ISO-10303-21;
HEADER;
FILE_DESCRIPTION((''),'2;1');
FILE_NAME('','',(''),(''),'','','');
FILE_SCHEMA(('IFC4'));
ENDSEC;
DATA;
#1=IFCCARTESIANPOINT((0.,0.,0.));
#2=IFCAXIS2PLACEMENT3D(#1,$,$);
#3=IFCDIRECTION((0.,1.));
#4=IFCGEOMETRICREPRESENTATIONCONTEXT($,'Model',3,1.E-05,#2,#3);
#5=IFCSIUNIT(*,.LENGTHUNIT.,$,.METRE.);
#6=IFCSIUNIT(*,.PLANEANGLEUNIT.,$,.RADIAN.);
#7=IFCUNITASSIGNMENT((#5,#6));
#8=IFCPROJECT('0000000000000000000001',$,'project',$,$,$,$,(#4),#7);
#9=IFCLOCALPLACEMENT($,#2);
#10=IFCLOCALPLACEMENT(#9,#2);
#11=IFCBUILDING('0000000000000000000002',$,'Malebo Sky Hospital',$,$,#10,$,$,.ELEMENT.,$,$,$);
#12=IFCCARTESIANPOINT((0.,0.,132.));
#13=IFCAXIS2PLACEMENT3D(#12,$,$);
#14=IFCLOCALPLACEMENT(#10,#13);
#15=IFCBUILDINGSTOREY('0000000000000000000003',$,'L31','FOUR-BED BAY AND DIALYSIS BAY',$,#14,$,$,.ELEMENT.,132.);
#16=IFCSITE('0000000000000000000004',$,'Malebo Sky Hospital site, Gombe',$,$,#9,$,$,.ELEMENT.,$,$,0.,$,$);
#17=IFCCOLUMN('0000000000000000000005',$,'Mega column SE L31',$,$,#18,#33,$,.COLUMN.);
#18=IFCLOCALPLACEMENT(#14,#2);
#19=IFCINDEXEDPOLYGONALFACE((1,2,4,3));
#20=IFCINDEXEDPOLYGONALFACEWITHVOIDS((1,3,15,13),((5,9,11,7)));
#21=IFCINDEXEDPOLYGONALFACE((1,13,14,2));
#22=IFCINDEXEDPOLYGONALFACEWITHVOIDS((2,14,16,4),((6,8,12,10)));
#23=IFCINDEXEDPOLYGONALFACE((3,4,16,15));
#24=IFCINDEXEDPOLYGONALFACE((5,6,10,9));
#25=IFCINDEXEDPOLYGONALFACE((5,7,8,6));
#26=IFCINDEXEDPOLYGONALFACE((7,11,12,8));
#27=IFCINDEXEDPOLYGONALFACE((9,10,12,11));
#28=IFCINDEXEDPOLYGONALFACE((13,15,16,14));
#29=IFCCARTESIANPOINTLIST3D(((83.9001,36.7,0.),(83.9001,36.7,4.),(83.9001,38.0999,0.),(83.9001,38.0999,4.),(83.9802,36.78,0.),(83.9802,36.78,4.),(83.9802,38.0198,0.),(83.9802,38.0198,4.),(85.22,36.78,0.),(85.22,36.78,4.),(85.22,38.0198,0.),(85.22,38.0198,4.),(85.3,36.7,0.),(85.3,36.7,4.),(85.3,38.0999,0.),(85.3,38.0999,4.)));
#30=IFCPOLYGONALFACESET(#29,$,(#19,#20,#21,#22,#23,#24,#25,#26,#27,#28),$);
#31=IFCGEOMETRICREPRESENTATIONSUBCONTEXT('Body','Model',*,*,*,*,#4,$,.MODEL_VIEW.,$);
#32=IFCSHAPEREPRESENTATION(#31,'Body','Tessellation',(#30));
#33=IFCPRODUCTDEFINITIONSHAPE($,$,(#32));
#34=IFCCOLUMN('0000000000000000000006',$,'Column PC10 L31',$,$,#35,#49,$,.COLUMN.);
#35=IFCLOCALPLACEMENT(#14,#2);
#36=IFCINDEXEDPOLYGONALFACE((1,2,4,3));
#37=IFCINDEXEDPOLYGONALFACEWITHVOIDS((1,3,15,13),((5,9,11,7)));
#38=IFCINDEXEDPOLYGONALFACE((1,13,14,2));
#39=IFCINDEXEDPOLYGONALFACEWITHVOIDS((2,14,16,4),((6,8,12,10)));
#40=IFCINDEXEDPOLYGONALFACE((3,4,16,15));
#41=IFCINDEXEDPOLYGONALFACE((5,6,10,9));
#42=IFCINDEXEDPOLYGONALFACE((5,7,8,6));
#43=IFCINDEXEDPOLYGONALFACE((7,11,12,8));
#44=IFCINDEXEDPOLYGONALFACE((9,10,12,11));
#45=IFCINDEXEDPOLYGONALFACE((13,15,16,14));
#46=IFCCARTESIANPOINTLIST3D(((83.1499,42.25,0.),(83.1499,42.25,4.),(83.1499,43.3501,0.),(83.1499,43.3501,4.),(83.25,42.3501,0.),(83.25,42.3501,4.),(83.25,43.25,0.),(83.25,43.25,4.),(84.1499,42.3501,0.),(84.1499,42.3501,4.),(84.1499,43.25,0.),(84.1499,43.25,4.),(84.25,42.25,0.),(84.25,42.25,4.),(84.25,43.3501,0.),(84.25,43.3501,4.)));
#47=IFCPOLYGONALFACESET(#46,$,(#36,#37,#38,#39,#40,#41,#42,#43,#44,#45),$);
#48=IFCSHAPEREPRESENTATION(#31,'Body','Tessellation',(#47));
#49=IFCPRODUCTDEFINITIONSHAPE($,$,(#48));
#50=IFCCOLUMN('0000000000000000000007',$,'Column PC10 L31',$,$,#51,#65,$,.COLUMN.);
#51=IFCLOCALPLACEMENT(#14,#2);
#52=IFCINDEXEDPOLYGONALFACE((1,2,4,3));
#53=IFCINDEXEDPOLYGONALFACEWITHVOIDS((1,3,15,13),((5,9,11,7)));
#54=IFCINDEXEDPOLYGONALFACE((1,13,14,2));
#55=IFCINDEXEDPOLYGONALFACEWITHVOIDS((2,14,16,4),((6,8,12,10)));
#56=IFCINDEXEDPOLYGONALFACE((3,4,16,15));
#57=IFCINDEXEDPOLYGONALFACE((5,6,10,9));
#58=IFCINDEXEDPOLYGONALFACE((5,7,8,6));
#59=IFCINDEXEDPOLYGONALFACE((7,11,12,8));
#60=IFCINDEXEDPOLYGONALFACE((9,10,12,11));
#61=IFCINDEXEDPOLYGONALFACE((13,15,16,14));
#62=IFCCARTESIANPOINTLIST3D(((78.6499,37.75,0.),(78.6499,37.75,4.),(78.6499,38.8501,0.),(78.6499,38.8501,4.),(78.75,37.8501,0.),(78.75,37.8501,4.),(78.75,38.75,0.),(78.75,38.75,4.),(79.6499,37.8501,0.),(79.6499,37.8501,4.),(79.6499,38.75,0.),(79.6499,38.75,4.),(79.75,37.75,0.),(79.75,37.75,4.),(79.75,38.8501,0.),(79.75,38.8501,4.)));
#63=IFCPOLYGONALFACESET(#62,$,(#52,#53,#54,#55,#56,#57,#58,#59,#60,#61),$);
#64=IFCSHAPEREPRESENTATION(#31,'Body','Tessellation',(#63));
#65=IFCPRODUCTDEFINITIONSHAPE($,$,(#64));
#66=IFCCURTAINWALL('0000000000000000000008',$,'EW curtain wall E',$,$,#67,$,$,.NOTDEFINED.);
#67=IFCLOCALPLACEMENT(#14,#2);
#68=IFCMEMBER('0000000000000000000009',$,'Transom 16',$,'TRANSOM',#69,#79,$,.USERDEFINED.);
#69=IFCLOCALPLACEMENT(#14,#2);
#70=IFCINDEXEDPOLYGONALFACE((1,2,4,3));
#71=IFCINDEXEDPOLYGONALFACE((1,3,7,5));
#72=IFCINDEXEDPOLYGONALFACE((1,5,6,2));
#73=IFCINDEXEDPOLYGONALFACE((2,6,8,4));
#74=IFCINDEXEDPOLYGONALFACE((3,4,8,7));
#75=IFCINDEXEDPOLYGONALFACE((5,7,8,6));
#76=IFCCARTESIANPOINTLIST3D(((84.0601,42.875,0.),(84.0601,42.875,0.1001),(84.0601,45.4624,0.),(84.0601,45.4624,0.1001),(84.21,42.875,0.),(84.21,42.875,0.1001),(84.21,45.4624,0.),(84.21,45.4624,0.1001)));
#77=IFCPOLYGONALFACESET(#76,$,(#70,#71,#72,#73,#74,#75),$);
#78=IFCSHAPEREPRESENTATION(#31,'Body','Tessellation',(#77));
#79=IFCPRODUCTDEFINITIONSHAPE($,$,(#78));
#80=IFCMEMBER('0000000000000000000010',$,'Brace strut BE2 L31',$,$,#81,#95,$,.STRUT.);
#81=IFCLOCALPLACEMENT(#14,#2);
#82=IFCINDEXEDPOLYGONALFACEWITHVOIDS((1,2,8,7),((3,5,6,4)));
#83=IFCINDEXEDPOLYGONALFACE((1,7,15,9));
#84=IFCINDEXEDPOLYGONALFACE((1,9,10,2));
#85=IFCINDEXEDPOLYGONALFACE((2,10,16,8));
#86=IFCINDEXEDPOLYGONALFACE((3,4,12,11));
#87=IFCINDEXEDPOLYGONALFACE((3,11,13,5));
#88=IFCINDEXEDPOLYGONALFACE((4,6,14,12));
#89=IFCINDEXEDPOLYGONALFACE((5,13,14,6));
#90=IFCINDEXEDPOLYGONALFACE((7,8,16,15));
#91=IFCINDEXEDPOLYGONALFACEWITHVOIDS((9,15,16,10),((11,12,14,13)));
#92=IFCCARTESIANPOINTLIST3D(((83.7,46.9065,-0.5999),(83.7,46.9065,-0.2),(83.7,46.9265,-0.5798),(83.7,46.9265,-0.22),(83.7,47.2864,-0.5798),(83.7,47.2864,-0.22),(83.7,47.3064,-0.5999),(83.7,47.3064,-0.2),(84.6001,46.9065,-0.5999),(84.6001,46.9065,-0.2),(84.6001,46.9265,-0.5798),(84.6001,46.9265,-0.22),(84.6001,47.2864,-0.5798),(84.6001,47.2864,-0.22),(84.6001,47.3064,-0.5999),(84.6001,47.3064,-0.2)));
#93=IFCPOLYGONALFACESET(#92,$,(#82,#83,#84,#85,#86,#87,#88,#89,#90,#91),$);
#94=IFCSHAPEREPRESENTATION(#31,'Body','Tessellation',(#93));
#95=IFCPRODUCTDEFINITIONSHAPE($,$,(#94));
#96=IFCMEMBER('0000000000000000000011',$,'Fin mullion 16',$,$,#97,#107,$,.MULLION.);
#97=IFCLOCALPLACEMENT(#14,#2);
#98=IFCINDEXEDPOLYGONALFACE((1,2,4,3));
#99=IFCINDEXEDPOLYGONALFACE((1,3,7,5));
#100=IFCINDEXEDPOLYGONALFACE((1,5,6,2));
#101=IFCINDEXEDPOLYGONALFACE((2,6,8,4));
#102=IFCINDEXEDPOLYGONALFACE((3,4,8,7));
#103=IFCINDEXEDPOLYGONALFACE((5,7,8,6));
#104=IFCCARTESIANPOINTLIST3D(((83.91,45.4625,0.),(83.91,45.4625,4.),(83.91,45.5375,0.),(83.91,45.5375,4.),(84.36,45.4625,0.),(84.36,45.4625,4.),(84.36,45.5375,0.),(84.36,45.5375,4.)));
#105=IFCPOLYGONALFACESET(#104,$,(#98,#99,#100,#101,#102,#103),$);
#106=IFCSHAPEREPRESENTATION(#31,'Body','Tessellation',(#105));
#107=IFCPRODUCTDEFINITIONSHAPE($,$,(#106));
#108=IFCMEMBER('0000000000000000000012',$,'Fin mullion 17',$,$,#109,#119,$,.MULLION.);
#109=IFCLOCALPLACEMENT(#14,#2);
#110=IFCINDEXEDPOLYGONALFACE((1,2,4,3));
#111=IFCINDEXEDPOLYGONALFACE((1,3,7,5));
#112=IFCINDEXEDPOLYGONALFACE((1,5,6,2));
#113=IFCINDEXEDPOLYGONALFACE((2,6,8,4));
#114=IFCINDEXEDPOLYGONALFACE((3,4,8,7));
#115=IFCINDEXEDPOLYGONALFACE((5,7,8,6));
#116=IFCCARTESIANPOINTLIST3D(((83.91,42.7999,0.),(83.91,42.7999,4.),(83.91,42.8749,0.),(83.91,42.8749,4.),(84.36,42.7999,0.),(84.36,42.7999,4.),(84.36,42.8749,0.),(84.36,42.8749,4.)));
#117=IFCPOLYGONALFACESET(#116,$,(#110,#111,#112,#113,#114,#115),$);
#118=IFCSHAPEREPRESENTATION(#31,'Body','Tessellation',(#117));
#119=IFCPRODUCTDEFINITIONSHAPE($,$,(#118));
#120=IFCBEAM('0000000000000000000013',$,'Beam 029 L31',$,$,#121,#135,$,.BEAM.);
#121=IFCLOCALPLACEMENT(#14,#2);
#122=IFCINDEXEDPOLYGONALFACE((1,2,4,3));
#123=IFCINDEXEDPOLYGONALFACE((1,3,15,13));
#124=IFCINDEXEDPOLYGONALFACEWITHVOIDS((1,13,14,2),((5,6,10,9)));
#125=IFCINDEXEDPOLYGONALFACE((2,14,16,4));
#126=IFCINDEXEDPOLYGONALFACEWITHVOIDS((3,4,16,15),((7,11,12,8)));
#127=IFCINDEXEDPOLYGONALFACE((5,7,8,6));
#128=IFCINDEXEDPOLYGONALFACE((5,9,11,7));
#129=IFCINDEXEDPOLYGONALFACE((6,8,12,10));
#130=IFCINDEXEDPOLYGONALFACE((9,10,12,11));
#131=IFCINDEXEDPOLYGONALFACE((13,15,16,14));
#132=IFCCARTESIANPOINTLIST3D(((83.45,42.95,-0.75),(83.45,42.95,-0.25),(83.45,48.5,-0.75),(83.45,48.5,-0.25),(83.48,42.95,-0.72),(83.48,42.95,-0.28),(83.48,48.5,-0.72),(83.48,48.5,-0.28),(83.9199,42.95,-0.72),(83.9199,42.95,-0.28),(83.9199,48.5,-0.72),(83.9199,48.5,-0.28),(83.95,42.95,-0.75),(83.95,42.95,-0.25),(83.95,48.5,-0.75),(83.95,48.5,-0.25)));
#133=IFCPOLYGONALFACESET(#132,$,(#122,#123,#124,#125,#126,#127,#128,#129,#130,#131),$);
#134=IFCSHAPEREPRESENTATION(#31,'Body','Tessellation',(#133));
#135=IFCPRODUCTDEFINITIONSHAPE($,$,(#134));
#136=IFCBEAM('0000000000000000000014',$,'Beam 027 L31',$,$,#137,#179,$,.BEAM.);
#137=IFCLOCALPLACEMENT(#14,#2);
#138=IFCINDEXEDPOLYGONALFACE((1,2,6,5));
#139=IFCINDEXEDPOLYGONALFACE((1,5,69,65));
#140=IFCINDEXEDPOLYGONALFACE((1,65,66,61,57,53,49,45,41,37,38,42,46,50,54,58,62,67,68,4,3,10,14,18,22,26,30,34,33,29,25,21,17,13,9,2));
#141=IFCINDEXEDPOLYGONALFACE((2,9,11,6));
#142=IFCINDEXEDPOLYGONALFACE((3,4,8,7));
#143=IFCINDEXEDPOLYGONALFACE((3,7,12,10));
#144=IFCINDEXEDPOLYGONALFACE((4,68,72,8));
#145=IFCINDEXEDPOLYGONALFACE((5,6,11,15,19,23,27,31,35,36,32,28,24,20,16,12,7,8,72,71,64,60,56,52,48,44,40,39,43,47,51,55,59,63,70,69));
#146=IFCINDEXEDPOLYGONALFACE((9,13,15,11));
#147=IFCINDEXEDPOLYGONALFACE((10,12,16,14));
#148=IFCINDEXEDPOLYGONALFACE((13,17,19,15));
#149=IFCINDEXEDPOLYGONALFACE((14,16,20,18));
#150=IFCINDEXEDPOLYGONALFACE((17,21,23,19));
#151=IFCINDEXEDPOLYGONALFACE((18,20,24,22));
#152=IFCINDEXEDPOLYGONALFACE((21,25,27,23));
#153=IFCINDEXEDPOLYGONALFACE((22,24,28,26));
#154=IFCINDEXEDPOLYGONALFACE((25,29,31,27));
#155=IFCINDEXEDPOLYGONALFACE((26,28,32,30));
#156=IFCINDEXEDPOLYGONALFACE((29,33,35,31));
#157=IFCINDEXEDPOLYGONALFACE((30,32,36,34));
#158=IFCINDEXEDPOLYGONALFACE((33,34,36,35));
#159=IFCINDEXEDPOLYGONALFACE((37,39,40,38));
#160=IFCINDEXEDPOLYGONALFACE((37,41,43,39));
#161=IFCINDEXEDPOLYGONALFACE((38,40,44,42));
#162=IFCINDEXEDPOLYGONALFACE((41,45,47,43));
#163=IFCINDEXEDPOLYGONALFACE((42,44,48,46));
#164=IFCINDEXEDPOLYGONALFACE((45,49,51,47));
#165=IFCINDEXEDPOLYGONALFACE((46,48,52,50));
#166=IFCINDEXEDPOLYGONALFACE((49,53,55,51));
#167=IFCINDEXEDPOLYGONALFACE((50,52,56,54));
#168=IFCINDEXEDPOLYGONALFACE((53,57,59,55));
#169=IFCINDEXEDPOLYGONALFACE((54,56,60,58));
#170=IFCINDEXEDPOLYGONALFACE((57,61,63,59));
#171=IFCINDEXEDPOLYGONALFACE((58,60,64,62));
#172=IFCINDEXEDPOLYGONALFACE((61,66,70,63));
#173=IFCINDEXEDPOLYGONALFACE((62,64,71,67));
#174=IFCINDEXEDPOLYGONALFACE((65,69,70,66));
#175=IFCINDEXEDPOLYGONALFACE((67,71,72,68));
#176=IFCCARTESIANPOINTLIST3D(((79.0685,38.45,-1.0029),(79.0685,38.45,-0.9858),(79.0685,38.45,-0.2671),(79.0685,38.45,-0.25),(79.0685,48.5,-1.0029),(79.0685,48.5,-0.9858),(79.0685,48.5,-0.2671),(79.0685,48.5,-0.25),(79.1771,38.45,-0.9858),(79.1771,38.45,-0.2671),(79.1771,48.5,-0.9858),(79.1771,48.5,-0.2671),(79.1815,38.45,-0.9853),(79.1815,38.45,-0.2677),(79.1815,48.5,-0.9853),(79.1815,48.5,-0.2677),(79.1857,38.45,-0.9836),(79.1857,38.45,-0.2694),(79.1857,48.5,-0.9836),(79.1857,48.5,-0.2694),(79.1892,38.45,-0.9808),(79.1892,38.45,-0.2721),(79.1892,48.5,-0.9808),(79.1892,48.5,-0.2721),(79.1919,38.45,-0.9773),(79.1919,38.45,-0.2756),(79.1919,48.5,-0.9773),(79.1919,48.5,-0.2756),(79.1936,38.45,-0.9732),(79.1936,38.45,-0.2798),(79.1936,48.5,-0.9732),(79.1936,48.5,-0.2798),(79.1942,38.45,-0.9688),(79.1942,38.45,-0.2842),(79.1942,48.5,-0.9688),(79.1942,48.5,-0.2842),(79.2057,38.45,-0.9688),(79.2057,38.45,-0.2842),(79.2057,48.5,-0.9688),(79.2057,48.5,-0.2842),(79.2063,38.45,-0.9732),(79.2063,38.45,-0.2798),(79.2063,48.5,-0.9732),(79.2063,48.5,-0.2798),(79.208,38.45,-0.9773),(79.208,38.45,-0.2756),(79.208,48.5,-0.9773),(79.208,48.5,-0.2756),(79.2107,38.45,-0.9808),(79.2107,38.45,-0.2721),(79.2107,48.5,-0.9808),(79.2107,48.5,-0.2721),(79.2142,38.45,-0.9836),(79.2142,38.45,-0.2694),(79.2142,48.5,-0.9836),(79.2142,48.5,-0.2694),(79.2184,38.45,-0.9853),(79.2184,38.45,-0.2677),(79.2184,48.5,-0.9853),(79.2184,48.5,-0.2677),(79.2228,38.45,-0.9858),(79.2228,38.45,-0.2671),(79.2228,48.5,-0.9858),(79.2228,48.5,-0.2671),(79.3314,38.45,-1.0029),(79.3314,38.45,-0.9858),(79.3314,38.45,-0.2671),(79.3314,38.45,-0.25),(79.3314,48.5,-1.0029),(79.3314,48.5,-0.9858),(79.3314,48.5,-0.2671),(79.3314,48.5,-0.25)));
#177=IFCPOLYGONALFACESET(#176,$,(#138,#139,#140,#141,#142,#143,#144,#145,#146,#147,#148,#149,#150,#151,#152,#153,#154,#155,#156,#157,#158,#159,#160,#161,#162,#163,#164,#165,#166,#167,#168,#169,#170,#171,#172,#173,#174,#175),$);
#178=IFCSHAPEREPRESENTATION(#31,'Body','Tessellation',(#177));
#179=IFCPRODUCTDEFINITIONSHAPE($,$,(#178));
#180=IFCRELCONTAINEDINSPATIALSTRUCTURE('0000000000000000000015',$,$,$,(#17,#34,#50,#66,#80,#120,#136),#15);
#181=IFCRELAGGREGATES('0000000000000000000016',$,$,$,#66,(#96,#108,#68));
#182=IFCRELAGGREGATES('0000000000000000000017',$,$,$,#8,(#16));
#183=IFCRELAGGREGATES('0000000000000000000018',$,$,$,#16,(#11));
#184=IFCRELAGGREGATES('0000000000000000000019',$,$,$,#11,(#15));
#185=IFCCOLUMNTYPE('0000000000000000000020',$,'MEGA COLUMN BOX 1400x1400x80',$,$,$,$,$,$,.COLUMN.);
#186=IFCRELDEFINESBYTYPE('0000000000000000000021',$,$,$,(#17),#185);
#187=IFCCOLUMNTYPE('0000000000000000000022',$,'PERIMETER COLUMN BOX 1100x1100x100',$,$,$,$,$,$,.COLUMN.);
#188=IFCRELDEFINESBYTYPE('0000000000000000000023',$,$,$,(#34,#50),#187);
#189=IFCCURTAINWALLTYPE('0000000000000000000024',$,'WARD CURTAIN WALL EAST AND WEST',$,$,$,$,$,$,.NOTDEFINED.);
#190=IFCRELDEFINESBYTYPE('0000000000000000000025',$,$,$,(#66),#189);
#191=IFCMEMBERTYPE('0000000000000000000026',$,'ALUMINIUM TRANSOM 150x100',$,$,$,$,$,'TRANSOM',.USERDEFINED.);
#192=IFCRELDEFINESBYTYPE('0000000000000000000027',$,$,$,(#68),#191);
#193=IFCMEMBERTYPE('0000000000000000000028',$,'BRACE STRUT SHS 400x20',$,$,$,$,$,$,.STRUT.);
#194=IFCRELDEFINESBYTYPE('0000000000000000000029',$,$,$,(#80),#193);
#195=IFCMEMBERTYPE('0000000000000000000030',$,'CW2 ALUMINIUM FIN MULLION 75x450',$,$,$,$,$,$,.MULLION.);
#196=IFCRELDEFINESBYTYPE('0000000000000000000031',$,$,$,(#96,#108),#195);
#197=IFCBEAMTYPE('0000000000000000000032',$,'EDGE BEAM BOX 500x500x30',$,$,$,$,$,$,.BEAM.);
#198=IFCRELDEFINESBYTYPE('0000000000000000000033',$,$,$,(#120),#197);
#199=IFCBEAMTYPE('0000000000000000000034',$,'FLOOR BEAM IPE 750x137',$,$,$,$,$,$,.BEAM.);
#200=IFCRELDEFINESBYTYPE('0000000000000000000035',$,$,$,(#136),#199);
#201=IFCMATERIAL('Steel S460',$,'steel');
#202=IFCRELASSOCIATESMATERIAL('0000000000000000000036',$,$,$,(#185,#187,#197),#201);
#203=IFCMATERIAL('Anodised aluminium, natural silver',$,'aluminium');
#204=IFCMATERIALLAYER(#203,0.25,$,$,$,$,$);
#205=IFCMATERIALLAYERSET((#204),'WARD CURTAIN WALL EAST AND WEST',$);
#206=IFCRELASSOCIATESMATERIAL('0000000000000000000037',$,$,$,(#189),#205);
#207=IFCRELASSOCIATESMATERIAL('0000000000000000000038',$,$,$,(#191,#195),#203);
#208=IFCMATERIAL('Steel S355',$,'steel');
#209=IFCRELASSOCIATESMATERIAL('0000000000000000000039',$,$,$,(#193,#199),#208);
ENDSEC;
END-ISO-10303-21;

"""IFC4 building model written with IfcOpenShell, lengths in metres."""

from ifc_helpers import new_model, si_unit, direction, frame, origin, origin_2d, place, context, subcontext, project, spatial, rectangle, hollow_rectangle, i_section, extrude, material, layer, layer_set, material_profile, profile_set, type_object, element, aggregate, save


model = new_model("IFC4")

# Units and contexts
model_context = context("Model", 3, precision=1e-05, world=origin(), true_north=direction((0.0, 1.0)))
body_context = subcontext(model_context, "Body", "Model", "MODEL_VIEW")
ifc_project = project(units=[si_unit("LENGTHUNIT", "METRE"), si_unit("PLANEANGLEUNIT", "RADIAN")], contexts=[model_context])

# Site, building, storey
site_placement = place(None, origin())
site = spatial("IfcSite", under=ifc_project, at=site_placement, Name="Malebo Sky Hospital site, Gombe", CompositionType="ELEMENT", RefElevation=0.0)
building_placement = place(site_placement, origin())
building = spatial("IfcBuilding", under=site, at=building_placement, Name="Malebo Sky Hospital", CompositionType="ELEMENT")
storey_placement = place(building_placement, frame((0.0, 0.0, 132.0)))
storey = spatial("IfcBuildingStorey", under=building, at=storey_placement, Name="L31", Description="FOUR-BED BAY AND DIALYSIS BAY", CompositionType="ELEMENT", Elevation=132.0)

# Columns
ifc_material_1 = material(Name="Steel S460", Category="steel")
ifc_material_profile_1 = material_profile(ifc_material_1, hollow_rectangle(XDim=1.3999, YDim=1.3999, WallThickness=0.0801, at=origin_2d()), Name="BOX 1400x1400x80")
ifc_profile_set_1 = profile_set([ifc_material_profile_1], Name="Steel S460")
column_type_1 = type_object("IfcColumnType", Name="MEGA COLUMN BOX 1400x1400x80", PredefinedType="COLUMN", material=ifc_profile_set_1)
column_placement = place(storey_placement, frame((84.6001, 37.3999, 0.0), z_axis=(0.0, 0.0, 1.0), x_axis=(1.0, 0.0, 0.0)))
element("IfcColumn", 1, at=column_placement, inside=storey, type_object=column_type_1, Name="Mega column SE L31", PredefinedType="COLUMN", context=body_context, shape_type="SweptSolid", body=[
    extrude(hollow_rectangle(XDim=1.3999, YDim=1.3999, WallThickness=0.0801, at=origin_2d()), origin(), (0.0, 0.0, 1.0), 4.0),
])
ifc_material_profile_2 = material_profile(ifc_material_1, hollow_rectangle(XDim=1.1001, YDim=1.1001, WallThickness=0.1001, at=origin_2d()), Name="BOX 1100x1100x100")
ifc_profile_set_2 = profile_set([ifc_material_profile_2], Name="Steel S460")
column_type_2 = type_object("IfcColumnType", Name="PERIMETER COLUMN BOX 1100x1100x100", PredefinedType="COLUMN", material=ifc_profile_set_2)
for number, where, z_axis, x_axis, name in (
    (2, (83.7, 42.8, 0.0), (0.0, 0.0, 1.0), (1.0, 0.0, 0.0), "Column PC10 L31"),
    (3, (79.2, 38.3, 0.0), (0.0, 0.0, 1.0), (1.0, 0.0, 0.0), "Column PC10 L31"),
):
    element("IfcColumn", number, at=place(storey_placement, frame(where, z_axis=z_axis, x_axis=x_axis)), inside=storey, type_object=column_type_2, Name=name, PredefinedType="COLUMN", context=body_context, shape_type="SweptSolid", body=[
        extrude(hollow_rectangle(XDim=1.1001, YDim=1.1001, WallThickness=0.1001, at=origin_2d()), origin(), (0.0, 0.0, 1.0), 4.0),
    ])

# Curtain wall, member
ifc_material_2 = material(Name="Anodised aluminium, natural silver", Category="aluminium")
ifc_layer_1 = layer(ifc_material_2, 0.25)
ifc_layer_set_1 = layer_set([ifc_layer_1], Name="WARD CURTAIN WALL EAST AND WEST")
curtain_wall_type = type_object("IfcCurtainWallType", Name="WARD CURTAIN WALL EAST AND WEST", PredefinedType="NOTDEFINED", material=ifc_layer_set_1)
curtain_wall_placement = place(storey_placement, origin())
curtain_wall = element("IfcCurtainWall", 4, at=curtain_wall_placement, inside=storey, type_object=curtain_wall_type, Name="EW curtain wall E", PredefinedType="NOTDEFINED")
ifc_material_profile_3 = material_profile(ifc_material_2, rectangle(XDim=0.1499, YDim=0.1001, at=origin_2d()), Name="ALUMINIUM TRANSOM 150x100")
ifc_profile_set_3 = profile_set([ifc_material_profile_3], Name="Anodised aluminium, natural silver")
member_type_1 = type_object("IfcMemberType", Name="ALUMINIUM TRANSOM 150x100", ElementType="TRANSOM", PredefinedType="USERDEFINED", material=ifc_profile_set_3)
member_1_placement = place(storey_placement, frame((84.135, 45.4624, 0.05), z_axis=(0.0, -1.0, 0.0), x_axis=(1.0, 0.0, 0.0)))
member_1 = element("IfcMember", 5, at=member_1_placement, type_object=member_type_1, Name="Transom 16", ObjectType="TRANSOM", PredefinedType="USERDEFINED", context=body_context, shape_type="SweptSolid", body=[
    extrude(rectangle(XDim=0.1499, YDim=0.1001, at=origin_2d()), origin(), (0.0, 0.0, 1.0), 2.5874),
])

# Members
ifc_material_3 = material(Name="Steel S355", Category="steel")
ifc_material_profile_4 = material_profile(ifc_material_3, hollow_rectangle(XDim=0.3999, YDim=0.3999, WallThickness=0.02, at=origin_2d()), Name="SHS 400x20")
ifc_profile_set_4 = profile_set([ifc_material_profile_4], Name="Steel S355")
member_type_2 = type_object("IfcMemberType", Name="BRACE STRUT SHS 400x20", PredefinedType="STRUT", material=ifc_profile_set_4)
member_2_placement = place(storey_placement, frame((84.6001, 47.1064, -0.3999), z_axis=(-1.0, 0.0, 0.0), x_axis=(0.0, -1.0, 0.0)))
element("IfcMember", 6, at=member_2_placement, inside=storey, type_object=member_type_2, Name="Brace strut BE2 L31", PredefinedType="STRUT", context=body_context, shape_type="SweptSolid", body=[
    extrude(hollow_rectangle(XDim=0.3999, YDim=0.3999, WallThickness=0.02, at=origin_2d()), origin(), (0.0, 0.0, 1.0), 0.9001),
])
ifc_material_profile_5 = material_profile(ifc_material_2, rectangle(XDim=0.075, YDim=0.45, at=origin_2d()), Name="CW2 ALUMINIUM FIN MULLION 75x450")
ifc_profile_set_5 = profile_set([ifc_material_profile_5], Name="Anodised aluminium, natural silver")
member_type_3 = type_object("IfcMemberType", Name="CW2 ALUMINIUM FIN MULLION 75x450", PredefinedType="MULLION", material=ifc_profile_set_5)
member_3_placement = place(storey_placement, frame((84.135, 45.5, 0.0), z_axis=(0.0, 0.0, 1.0), x_axis=(0.0, -1.0, 0.0)))
member_3 = element("IfcMember", 7, at=member_3_placement, type_object=member_type_3, Name="Fin mullion 16", PredefinedType="MULLION", context=body_context, shape_type="SweptSolid", body=[
    extrude(rectangle(XDim=0.075, YDim=0.45, at=origin_2d()), origin(), (0.0, 0.0, 1.0), 4.0),
])
member_4_placement = place(storey_placement, frame((84.135, 42.8374, 0.0), z_axis=(0.0, 0.0, 1.0), x_axis=(0.0, -1.0, 0.0)))
member_4 = element("IfcMember", 8, at=member_4_placement, type_object=member_type_3, Name="Fin mullion 17", PredefinedType="MULLION", context=body_context, shape_type="SweptSolid", body=[
    extrude(rectangle(XDim=0.075, YDim=0.45, at=origin_2d()), origin(), (0.0, 0.0, 1.0), 4.0),
])

# Beams
ifc_material_profile_6 = material_profile(ifc_material_1, hollow_rectangle(XDim=0.5, YDim=0.5, WallThickness=0.03, at=origin_2d()), Name="BOX 500x500x30")
ifc_profile_set_6 = profile_set([ifc_material_profile_6], Name="Steel S460")
beam_type_1 = type_object("IfcBeamType", Name="EDGE BEAM BOX 500x500x30", PredefinedType="BEAM", material=ifc_profile_set_6)
beam_1_placement = place(storey_placement, frame((83.7, 42.95, -0.5), z_axis=(0.0, 1.0, 0.0), x_axis=(-1.0, 0.0, 0.0)))
element("IfcBeam", 9, at=beam_1_placement, inside=storey, type_object=beam_type_1, Name="Beam 029 L31", PredefinedType="BEAM", context=body_context, shape_type="SweptSolid", body=[
    extrude(hollow_rectangle(XDim=0.5, YDim=0.5, WallThickness=0.03, at=origin_2d()), origin(), (0.0, 0.0, 1.0), 5.55),
])
ifc_material_profile_7 = material_profile(ifc_material_3, i_section(OverallWidth=0.2629, OverallDepth=0.7529, WebThickness=0.0115, FlangeThickness=0.0171, FilletRadius=0.0171, at=origin_2d()), Name="IPE 750x137")
ifc_profile_set_7 = profile_set([ifc_material_profile_7], Name="Steel S355")
beam_type_2 = type_object("IfcBeamType", Name="FLOOR BEAM IPE 750x137", PredefinedType="BEAM", material=ifc_profile_set_7)
beam_2_placement = place(storey_placement, frame((79.2, 38.45, -0.6265), z_axis=(0.0, 1.0, 0.0), x_axis=(-1.0, 0.0, 0.0)))
element("IfcBeam", 10, at=beam_2_placement, inside=storey, type_object=beam_type_2, Name="Beam 027 L31", PredefinedType="BEAM", context=body_context, shape_type="SweptSolid", body=[
    extrude(i_section(OverallWidth=0.2629, OverallDepth=0.7529, WebThickness=0.0115, FlangeThickness=0.0171, FilletRadius=0.0171, at=origin_2d()), origin(), (0.0, 0.0, 1.0), 10.05),
])

aggregate(curtain_wall, [member_3, member_4, member_1])

save(model, "model.ifc")
